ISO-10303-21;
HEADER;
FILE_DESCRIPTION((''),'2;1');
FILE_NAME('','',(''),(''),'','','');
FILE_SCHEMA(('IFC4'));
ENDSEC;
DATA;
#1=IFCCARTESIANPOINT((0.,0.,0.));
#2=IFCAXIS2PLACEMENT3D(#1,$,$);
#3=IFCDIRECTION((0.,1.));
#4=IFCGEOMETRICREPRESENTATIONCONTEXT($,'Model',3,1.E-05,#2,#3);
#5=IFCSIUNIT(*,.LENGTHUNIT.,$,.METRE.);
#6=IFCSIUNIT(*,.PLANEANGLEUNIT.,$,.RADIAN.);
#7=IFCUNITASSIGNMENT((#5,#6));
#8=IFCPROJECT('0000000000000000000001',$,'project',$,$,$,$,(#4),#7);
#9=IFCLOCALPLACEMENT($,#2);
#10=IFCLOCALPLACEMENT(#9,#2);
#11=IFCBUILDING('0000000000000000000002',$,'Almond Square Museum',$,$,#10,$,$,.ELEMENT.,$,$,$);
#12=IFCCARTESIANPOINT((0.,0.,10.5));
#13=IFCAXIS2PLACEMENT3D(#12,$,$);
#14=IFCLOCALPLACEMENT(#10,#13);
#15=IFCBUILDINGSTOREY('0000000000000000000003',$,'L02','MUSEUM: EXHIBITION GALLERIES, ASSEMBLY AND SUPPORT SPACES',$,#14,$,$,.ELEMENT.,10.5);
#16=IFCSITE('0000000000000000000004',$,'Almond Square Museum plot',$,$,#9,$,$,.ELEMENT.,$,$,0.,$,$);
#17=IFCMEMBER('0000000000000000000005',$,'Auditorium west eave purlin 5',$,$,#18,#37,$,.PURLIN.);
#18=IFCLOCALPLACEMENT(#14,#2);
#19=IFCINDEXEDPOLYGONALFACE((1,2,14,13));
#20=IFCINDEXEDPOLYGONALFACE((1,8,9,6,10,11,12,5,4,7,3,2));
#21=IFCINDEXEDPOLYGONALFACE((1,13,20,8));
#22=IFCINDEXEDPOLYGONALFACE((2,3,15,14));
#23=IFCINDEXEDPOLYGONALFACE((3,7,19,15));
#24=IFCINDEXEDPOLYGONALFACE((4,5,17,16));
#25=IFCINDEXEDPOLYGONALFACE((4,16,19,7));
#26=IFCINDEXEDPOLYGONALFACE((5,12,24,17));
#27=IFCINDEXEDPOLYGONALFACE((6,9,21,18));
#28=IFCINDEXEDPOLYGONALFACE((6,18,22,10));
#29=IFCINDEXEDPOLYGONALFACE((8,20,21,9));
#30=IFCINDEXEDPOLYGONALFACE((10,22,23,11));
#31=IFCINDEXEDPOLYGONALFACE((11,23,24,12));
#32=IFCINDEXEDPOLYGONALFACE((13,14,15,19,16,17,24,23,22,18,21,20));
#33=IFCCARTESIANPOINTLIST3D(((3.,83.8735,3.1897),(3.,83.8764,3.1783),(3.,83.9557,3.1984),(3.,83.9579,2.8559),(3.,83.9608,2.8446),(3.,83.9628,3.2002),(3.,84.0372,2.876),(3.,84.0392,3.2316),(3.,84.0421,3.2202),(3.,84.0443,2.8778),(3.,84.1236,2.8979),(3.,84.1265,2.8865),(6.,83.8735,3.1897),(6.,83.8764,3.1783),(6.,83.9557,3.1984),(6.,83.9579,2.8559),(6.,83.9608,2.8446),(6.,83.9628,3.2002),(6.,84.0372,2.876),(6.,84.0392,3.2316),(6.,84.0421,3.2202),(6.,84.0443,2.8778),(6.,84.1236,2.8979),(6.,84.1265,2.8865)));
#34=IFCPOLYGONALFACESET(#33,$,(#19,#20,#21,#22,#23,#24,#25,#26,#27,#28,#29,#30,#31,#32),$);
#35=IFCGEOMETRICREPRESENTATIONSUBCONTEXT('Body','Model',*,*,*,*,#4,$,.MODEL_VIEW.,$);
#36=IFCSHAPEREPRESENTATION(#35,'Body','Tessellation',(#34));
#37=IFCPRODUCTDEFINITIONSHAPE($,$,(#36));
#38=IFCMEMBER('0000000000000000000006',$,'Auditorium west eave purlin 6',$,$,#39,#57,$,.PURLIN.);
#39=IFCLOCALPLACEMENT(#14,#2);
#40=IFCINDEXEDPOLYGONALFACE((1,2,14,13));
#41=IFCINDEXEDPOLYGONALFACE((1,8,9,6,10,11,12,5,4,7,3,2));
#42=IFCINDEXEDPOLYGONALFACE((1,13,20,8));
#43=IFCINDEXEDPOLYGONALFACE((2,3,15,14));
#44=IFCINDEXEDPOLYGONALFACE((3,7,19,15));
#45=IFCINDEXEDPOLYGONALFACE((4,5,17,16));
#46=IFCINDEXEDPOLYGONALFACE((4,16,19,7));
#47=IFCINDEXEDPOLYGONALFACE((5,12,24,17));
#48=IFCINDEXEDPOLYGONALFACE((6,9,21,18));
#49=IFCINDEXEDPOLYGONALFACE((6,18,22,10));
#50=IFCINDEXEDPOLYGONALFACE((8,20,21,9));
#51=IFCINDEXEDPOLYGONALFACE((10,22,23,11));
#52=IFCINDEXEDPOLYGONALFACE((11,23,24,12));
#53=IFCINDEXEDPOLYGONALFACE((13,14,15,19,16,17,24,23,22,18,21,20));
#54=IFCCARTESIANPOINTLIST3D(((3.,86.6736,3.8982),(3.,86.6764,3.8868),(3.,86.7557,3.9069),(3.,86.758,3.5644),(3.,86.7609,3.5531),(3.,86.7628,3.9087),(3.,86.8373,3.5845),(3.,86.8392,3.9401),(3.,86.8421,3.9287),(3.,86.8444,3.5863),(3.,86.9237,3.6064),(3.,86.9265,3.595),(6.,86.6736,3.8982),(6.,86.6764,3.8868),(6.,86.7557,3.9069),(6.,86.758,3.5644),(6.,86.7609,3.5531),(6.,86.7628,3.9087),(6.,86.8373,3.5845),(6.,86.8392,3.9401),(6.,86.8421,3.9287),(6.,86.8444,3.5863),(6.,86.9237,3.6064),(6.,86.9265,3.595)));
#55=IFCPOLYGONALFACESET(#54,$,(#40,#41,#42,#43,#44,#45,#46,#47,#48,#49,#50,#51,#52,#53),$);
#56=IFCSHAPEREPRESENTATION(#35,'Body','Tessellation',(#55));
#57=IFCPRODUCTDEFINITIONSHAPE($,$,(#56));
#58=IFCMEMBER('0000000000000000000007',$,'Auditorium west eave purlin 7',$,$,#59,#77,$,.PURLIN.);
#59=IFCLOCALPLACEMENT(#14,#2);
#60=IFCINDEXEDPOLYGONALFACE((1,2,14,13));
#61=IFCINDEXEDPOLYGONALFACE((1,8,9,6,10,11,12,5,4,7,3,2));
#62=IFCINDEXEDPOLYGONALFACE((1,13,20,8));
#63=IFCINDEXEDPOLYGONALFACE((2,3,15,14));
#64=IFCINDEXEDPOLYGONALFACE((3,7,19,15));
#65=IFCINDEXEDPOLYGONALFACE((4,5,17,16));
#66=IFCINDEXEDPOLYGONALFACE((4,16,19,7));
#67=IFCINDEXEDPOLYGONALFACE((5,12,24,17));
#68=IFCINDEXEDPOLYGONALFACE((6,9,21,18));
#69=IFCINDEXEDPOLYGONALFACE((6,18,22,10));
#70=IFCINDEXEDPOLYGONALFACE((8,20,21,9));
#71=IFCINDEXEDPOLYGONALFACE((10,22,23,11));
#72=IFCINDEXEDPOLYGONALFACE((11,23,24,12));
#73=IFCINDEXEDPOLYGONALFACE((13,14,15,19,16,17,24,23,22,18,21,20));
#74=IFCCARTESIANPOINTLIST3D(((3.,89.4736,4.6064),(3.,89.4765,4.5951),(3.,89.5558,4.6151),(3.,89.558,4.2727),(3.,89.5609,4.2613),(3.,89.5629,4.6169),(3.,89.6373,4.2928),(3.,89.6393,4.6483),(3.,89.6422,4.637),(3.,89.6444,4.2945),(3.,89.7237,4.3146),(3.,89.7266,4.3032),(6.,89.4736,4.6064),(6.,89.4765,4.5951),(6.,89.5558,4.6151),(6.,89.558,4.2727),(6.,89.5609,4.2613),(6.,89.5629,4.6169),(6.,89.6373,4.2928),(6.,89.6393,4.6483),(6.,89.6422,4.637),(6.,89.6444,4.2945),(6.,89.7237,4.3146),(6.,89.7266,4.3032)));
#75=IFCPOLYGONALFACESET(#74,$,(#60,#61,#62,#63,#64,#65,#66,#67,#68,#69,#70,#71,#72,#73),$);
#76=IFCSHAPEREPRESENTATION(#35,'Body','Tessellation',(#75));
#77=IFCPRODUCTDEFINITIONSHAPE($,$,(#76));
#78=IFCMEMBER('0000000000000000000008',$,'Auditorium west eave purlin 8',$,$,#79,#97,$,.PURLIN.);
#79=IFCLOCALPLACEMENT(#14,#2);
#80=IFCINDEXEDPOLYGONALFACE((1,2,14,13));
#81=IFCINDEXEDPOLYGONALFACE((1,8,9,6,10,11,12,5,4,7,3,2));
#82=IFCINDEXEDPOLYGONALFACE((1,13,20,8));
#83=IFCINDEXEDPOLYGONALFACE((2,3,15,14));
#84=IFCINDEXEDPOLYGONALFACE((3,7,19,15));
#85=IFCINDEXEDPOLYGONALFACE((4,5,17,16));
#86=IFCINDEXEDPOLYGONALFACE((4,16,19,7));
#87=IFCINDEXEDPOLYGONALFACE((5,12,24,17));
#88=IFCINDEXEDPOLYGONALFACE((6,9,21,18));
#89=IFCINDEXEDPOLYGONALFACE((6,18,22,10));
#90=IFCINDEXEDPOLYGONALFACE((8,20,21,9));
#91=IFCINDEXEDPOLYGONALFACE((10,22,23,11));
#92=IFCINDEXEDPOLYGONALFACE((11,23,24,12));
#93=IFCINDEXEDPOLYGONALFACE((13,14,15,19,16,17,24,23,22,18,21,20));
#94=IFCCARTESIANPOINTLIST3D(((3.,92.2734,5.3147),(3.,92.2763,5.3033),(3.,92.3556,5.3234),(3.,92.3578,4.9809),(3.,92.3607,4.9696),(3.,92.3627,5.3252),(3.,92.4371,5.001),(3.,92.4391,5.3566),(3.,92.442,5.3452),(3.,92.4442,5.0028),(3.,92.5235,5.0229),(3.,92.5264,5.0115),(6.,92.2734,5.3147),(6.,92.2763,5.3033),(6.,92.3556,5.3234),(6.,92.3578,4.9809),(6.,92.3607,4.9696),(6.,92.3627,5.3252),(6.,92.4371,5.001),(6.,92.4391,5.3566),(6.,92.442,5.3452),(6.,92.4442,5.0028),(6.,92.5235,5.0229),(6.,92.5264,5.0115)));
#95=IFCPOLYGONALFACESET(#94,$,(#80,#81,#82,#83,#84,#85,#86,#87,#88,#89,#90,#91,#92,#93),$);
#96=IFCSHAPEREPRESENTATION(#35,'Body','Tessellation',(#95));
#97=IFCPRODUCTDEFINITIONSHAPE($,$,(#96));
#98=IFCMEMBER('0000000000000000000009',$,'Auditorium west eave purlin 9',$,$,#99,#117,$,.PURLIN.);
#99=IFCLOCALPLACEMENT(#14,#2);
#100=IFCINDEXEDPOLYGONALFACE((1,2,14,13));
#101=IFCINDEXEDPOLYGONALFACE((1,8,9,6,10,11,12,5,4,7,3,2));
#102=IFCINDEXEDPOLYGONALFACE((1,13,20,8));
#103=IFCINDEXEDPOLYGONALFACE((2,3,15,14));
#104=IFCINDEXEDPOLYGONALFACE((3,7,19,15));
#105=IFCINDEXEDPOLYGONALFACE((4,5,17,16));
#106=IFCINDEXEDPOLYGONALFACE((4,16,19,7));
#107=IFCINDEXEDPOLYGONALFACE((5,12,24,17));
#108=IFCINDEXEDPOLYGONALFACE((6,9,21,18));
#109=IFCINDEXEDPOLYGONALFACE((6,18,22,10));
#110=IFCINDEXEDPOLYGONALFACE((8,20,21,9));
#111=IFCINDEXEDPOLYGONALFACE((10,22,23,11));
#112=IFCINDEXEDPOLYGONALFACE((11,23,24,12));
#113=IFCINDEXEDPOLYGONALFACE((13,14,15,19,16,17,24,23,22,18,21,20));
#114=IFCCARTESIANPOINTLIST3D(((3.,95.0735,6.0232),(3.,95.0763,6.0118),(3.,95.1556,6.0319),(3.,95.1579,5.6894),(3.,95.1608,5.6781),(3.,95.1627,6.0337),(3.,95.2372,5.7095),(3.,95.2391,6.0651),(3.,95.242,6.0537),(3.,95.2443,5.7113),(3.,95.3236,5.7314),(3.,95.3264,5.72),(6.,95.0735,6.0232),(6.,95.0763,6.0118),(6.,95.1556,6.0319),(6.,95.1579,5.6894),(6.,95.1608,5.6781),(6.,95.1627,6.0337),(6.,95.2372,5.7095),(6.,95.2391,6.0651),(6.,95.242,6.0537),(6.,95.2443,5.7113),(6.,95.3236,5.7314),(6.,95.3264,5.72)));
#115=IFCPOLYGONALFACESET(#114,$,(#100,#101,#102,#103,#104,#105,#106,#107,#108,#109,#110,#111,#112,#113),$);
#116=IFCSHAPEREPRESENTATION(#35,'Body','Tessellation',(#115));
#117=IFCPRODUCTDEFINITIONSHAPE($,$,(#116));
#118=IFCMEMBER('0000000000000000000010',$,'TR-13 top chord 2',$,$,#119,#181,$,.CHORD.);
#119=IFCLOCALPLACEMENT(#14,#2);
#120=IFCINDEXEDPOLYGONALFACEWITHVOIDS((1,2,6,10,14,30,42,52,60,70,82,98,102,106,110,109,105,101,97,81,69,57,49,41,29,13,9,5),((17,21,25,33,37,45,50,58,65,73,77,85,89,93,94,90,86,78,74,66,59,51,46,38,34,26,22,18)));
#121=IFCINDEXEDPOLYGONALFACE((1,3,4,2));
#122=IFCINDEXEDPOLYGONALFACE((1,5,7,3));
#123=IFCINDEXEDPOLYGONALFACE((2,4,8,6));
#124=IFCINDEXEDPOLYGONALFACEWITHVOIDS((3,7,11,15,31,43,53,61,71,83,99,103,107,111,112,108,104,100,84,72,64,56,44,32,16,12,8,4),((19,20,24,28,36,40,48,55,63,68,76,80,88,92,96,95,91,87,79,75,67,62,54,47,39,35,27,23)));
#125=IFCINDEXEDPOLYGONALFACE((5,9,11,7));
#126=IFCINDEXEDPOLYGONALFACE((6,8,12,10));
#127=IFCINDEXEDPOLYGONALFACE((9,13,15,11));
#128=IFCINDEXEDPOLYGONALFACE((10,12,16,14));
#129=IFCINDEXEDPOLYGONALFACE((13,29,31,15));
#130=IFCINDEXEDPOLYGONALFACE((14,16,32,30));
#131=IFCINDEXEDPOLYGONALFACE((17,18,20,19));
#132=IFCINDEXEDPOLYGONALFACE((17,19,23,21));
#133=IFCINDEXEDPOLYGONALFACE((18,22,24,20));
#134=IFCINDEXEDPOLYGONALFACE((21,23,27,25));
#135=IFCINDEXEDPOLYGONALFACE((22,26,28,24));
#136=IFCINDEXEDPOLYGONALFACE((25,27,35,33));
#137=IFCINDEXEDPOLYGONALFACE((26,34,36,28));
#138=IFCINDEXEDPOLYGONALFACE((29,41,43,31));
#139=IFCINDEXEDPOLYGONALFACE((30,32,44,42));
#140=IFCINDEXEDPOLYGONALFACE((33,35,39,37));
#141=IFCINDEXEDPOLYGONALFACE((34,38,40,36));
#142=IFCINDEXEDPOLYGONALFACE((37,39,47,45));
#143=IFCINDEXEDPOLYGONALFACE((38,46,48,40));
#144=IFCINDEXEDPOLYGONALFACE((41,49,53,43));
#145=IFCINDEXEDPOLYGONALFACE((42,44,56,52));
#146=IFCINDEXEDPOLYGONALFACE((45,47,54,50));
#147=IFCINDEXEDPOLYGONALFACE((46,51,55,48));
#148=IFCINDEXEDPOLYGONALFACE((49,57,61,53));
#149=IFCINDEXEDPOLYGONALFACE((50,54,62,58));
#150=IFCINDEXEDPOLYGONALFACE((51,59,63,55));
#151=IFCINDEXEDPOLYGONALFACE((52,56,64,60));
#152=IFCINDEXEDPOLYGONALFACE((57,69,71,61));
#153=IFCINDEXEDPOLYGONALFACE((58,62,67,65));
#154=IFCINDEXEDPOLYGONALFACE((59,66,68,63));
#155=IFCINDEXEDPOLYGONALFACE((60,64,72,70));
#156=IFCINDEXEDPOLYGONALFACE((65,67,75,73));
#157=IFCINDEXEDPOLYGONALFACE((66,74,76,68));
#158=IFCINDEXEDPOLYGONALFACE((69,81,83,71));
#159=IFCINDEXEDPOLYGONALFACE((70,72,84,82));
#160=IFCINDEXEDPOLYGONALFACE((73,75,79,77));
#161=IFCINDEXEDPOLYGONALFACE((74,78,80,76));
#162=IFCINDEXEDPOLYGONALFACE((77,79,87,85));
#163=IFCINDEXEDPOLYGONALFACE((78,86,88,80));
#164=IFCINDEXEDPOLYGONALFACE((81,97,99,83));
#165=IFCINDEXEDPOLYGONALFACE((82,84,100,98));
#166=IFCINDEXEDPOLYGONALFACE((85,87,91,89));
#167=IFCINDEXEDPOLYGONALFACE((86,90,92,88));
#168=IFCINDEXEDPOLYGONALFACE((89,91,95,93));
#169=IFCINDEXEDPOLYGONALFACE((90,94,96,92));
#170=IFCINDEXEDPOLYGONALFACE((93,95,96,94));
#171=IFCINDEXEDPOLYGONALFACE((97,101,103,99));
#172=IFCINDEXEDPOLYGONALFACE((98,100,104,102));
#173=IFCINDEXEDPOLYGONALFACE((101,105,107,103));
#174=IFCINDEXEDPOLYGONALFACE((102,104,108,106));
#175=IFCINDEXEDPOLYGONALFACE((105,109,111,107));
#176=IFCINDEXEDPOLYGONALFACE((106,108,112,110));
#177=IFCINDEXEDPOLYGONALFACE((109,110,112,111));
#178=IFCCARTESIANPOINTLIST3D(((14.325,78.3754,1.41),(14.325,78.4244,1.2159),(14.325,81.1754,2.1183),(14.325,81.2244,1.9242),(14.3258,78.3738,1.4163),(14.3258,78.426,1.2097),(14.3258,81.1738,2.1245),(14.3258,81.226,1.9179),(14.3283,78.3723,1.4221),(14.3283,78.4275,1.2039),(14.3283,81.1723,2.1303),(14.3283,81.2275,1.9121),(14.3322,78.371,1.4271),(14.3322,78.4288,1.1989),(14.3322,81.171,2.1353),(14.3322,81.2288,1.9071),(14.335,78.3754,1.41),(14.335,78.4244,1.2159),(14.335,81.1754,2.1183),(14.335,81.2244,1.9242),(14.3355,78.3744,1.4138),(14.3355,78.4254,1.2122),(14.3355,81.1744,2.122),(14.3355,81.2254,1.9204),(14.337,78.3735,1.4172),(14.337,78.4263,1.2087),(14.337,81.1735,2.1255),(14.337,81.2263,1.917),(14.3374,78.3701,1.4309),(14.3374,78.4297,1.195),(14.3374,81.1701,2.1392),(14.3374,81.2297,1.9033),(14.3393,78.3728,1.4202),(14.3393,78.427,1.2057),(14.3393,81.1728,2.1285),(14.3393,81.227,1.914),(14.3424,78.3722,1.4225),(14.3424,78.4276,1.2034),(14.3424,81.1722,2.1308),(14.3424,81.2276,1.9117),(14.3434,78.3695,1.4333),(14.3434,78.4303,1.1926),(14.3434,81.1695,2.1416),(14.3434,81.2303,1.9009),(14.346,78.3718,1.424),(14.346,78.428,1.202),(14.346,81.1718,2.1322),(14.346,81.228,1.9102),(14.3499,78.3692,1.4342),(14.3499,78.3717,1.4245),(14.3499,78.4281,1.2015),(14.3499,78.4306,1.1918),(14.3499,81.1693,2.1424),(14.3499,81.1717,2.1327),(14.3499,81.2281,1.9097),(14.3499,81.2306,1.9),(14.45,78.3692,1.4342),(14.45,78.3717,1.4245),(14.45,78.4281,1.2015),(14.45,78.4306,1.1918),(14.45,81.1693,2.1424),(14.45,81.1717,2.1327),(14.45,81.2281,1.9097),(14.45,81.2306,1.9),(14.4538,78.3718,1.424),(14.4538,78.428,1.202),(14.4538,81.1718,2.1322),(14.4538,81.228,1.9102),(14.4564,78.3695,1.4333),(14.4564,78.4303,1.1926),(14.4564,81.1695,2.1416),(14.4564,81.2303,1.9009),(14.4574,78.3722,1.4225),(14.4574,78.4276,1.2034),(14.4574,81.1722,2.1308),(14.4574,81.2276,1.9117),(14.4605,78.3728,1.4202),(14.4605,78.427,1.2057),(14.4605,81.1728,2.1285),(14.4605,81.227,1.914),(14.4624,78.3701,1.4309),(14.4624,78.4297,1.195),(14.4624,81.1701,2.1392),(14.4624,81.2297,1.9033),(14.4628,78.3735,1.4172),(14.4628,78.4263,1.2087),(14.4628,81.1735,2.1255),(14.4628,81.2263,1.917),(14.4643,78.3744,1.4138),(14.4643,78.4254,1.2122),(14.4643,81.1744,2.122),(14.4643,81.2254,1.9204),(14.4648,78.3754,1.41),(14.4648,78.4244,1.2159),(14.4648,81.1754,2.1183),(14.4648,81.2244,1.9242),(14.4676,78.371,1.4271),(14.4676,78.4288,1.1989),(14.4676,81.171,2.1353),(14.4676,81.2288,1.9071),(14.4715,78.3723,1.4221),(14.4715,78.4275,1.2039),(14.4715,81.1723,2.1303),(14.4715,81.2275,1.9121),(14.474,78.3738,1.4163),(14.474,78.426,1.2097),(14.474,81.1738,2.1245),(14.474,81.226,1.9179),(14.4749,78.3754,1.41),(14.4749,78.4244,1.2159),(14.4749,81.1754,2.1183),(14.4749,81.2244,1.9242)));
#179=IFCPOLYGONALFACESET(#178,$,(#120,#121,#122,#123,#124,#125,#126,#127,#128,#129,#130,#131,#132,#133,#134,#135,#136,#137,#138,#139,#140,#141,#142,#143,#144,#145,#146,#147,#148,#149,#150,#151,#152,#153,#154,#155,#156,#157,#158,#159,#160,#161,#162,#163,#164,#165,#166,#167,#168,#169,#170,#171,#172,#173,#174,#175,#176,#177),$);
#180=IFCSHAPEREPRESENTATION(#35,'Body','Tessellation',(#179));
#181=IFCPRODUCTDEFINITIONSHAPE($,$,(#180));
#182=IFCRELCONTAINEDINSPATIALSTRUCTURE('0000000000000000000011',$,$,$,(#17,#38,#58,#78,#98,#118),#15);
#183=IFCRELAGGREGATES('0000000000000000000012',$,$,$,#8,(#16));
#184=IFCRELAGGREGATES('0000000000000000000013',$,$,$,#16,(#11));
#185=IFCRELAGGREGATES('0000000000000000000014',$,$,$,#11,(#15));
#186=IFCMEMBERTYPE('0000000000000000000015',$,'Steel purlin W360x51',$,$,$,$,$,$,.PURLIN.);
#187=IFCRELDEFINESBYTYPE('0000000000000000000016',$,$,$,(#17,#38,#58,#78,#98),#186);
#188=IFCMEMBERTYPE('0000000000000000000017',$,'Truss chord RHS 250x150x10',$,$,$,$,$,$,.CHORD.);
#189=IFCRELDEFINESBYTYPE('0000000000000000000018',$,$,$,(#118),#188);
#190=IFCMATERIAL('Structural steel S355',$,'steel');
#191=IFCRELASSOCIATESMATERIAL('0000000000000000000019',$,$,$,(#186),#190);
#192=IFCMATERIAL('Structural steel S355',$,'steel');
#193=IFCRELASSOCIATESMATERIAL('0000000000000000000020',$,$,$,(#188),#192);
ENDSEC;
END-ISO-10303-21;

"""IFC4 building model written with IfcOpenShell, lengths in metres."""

from ifc_helpers import new_model, si_unit, direction, frame, origin, origin_2d, place, context, subcontext, project, spatial, hollow_rectangle, i_section, extrude, material, material_profile, profile_set, type_object, element, save


model = new_model("IFC4")

# Units and contexts
model_context = context("Model", 3, precision=1e-05, world=origin(), true_north=direction((0.0, 1.0)))
body_context = subcontext(model_context, "Body", "Model", "MODEL_VIEW")
ifc_project = project(units=[si_unit("LENGTHUNIT", "METRE"), si_unit("PLANEANGLEUNIT", "RADIAN")], contexts=[model_context])

# Site, building, storey
site_placement = place(None, origin())
site = spatial("IfcSite", under=ifc_project, at=site_placement, Name="Almond Square Museum plot", CompositionType="ELEMENT", RefElevation=0.0)
building_placement = place(site_placement, origin())
building = spatial("IfcBuilding", under=site, at=building_placement, Name="Almond Square Museum", CompositionType="ELEMENT")
storey_placement = place(building_placement, frame((0.0, 0.0, 10.5)))
storey = spatial("IfcBuildingStorey", under=building, at=storey_placement, Name="L02", Description="MUSEUM: EXHIBITION GALLERIES, ASSEMBLY AND SUPPORT SPACES", CompositionType="ELEMENT", Elevation=10.5)

# Members
ifc_material_1 = material(Name="Structural steel S355", Category="steel")
ifc_material_profile_1 = material_profile(ifc_material_1, i_section(OverallWidth=0.1709, OverallDepth=0.356, WebThickness=0.0073, FlangeThickness=0.0117, at=origin_2d()))
ifc_profile_set_1 = profile_set([ifc_material_profile_1], Name="Structural steel S355")
member_type_1 = type_object("IfcMemberType", Name="Steel purlin W360x51", PredefinedType="PURLIN", material=ifc_profile_set_1)
for number, where, z_axis, x_axis, name in (
    (1, (3.0, 84.0, 3.0381), (1.0, 0.0, 0.0), (0.0, 0.96946, 0.24525), "Auditorium west eave purlin 5"),
    (2, (3.0, 86.8, 3.7466), (1.0, 0.0, 0.0), (0.0, 0.96946, 0.24525), "Auditorium west eave purlin 6"),
    (3, (3.0, 89.6001, 4.4548), (1.0, 0.0, 0.0), (0.0, 0.96946, 0.24525), "Auditorium west eave purlin 7"),
    (4, (3.0, 92.3999, 5.1631), (1.0, 0.0, 0.0), (0.0, 0.96946, 0.24525), "Auditorium west eave purlin 8"),
    (5, (3.0, 95.2, 5.8716), (1.0, 0.0, 0.0), (0.0, 0.96946, 0.24525), "Auditorium west eave purlin 9"),
):
    element("IfcMember", number, at=place(storey_placement, frame(where, z_axis=z_axis, x_axis=x_axis)), inside=storey, type_object=member_type_1, Name=name, PredefinedType="PURLIN", context=body_context, shape_type="SweptSolid", body=[
        extrude(i_section(OverallWidth=0.1709, OverallDepth=0.356, WebThickness=0.0073, FlangeThickness=0.0117, at=origin_2d()), origin(), (0.0, 0.0, 1.0), 3.0),
    ])
ifc_material_2 = material(Name="Structural steel S355", Category="steel")
ifc_material_profile_2 = material_profile(ifc_material_2, hollow_rectangle(XDim=0.1499, YDim=0.25, WallThickness=0.01, InnerFilletRadius=0.0149, OuterFilletRadius=0.0249, at=origin_2d()))
ifc_profile_set_2 = profile_set([ifc_material_profile_2], Name="Structural steel S355")
member_type_2 = type_object("IfcMemberType", Name="Truss chord RHS 250x150x10", PredefinedType="CHORD", material=ifc_profile_set_2)
for number, where, z_axis, x_axis, name in (
    (6, (14.3999, 78.3999, 1.313), (0.0, 0.969468, 0.24522), (-1.0, 0.0, 0.0), "TR-13 top chord 2"),
):
    element("IfcMember", number, at=place(storey_placement, frame(where, z_axis=z_axis, x_axis=x_axis)), inside=storey, type_object=member_type_2, Name=name, PredefinedType="CHORD", context=body_context, shape_type="SweptSolid", body=[
        extrude(hollow_rectangle(XDim=0.1499, YDim=0.25, WallThickness=0.01, InnerFilletRadius=0.0149, OuterFilletRadius=0.0249, at=origin_2d()), origin(), (0.0, 0.0, 1.0), 2.8882),
    ])

save(model, "model.ifc")
